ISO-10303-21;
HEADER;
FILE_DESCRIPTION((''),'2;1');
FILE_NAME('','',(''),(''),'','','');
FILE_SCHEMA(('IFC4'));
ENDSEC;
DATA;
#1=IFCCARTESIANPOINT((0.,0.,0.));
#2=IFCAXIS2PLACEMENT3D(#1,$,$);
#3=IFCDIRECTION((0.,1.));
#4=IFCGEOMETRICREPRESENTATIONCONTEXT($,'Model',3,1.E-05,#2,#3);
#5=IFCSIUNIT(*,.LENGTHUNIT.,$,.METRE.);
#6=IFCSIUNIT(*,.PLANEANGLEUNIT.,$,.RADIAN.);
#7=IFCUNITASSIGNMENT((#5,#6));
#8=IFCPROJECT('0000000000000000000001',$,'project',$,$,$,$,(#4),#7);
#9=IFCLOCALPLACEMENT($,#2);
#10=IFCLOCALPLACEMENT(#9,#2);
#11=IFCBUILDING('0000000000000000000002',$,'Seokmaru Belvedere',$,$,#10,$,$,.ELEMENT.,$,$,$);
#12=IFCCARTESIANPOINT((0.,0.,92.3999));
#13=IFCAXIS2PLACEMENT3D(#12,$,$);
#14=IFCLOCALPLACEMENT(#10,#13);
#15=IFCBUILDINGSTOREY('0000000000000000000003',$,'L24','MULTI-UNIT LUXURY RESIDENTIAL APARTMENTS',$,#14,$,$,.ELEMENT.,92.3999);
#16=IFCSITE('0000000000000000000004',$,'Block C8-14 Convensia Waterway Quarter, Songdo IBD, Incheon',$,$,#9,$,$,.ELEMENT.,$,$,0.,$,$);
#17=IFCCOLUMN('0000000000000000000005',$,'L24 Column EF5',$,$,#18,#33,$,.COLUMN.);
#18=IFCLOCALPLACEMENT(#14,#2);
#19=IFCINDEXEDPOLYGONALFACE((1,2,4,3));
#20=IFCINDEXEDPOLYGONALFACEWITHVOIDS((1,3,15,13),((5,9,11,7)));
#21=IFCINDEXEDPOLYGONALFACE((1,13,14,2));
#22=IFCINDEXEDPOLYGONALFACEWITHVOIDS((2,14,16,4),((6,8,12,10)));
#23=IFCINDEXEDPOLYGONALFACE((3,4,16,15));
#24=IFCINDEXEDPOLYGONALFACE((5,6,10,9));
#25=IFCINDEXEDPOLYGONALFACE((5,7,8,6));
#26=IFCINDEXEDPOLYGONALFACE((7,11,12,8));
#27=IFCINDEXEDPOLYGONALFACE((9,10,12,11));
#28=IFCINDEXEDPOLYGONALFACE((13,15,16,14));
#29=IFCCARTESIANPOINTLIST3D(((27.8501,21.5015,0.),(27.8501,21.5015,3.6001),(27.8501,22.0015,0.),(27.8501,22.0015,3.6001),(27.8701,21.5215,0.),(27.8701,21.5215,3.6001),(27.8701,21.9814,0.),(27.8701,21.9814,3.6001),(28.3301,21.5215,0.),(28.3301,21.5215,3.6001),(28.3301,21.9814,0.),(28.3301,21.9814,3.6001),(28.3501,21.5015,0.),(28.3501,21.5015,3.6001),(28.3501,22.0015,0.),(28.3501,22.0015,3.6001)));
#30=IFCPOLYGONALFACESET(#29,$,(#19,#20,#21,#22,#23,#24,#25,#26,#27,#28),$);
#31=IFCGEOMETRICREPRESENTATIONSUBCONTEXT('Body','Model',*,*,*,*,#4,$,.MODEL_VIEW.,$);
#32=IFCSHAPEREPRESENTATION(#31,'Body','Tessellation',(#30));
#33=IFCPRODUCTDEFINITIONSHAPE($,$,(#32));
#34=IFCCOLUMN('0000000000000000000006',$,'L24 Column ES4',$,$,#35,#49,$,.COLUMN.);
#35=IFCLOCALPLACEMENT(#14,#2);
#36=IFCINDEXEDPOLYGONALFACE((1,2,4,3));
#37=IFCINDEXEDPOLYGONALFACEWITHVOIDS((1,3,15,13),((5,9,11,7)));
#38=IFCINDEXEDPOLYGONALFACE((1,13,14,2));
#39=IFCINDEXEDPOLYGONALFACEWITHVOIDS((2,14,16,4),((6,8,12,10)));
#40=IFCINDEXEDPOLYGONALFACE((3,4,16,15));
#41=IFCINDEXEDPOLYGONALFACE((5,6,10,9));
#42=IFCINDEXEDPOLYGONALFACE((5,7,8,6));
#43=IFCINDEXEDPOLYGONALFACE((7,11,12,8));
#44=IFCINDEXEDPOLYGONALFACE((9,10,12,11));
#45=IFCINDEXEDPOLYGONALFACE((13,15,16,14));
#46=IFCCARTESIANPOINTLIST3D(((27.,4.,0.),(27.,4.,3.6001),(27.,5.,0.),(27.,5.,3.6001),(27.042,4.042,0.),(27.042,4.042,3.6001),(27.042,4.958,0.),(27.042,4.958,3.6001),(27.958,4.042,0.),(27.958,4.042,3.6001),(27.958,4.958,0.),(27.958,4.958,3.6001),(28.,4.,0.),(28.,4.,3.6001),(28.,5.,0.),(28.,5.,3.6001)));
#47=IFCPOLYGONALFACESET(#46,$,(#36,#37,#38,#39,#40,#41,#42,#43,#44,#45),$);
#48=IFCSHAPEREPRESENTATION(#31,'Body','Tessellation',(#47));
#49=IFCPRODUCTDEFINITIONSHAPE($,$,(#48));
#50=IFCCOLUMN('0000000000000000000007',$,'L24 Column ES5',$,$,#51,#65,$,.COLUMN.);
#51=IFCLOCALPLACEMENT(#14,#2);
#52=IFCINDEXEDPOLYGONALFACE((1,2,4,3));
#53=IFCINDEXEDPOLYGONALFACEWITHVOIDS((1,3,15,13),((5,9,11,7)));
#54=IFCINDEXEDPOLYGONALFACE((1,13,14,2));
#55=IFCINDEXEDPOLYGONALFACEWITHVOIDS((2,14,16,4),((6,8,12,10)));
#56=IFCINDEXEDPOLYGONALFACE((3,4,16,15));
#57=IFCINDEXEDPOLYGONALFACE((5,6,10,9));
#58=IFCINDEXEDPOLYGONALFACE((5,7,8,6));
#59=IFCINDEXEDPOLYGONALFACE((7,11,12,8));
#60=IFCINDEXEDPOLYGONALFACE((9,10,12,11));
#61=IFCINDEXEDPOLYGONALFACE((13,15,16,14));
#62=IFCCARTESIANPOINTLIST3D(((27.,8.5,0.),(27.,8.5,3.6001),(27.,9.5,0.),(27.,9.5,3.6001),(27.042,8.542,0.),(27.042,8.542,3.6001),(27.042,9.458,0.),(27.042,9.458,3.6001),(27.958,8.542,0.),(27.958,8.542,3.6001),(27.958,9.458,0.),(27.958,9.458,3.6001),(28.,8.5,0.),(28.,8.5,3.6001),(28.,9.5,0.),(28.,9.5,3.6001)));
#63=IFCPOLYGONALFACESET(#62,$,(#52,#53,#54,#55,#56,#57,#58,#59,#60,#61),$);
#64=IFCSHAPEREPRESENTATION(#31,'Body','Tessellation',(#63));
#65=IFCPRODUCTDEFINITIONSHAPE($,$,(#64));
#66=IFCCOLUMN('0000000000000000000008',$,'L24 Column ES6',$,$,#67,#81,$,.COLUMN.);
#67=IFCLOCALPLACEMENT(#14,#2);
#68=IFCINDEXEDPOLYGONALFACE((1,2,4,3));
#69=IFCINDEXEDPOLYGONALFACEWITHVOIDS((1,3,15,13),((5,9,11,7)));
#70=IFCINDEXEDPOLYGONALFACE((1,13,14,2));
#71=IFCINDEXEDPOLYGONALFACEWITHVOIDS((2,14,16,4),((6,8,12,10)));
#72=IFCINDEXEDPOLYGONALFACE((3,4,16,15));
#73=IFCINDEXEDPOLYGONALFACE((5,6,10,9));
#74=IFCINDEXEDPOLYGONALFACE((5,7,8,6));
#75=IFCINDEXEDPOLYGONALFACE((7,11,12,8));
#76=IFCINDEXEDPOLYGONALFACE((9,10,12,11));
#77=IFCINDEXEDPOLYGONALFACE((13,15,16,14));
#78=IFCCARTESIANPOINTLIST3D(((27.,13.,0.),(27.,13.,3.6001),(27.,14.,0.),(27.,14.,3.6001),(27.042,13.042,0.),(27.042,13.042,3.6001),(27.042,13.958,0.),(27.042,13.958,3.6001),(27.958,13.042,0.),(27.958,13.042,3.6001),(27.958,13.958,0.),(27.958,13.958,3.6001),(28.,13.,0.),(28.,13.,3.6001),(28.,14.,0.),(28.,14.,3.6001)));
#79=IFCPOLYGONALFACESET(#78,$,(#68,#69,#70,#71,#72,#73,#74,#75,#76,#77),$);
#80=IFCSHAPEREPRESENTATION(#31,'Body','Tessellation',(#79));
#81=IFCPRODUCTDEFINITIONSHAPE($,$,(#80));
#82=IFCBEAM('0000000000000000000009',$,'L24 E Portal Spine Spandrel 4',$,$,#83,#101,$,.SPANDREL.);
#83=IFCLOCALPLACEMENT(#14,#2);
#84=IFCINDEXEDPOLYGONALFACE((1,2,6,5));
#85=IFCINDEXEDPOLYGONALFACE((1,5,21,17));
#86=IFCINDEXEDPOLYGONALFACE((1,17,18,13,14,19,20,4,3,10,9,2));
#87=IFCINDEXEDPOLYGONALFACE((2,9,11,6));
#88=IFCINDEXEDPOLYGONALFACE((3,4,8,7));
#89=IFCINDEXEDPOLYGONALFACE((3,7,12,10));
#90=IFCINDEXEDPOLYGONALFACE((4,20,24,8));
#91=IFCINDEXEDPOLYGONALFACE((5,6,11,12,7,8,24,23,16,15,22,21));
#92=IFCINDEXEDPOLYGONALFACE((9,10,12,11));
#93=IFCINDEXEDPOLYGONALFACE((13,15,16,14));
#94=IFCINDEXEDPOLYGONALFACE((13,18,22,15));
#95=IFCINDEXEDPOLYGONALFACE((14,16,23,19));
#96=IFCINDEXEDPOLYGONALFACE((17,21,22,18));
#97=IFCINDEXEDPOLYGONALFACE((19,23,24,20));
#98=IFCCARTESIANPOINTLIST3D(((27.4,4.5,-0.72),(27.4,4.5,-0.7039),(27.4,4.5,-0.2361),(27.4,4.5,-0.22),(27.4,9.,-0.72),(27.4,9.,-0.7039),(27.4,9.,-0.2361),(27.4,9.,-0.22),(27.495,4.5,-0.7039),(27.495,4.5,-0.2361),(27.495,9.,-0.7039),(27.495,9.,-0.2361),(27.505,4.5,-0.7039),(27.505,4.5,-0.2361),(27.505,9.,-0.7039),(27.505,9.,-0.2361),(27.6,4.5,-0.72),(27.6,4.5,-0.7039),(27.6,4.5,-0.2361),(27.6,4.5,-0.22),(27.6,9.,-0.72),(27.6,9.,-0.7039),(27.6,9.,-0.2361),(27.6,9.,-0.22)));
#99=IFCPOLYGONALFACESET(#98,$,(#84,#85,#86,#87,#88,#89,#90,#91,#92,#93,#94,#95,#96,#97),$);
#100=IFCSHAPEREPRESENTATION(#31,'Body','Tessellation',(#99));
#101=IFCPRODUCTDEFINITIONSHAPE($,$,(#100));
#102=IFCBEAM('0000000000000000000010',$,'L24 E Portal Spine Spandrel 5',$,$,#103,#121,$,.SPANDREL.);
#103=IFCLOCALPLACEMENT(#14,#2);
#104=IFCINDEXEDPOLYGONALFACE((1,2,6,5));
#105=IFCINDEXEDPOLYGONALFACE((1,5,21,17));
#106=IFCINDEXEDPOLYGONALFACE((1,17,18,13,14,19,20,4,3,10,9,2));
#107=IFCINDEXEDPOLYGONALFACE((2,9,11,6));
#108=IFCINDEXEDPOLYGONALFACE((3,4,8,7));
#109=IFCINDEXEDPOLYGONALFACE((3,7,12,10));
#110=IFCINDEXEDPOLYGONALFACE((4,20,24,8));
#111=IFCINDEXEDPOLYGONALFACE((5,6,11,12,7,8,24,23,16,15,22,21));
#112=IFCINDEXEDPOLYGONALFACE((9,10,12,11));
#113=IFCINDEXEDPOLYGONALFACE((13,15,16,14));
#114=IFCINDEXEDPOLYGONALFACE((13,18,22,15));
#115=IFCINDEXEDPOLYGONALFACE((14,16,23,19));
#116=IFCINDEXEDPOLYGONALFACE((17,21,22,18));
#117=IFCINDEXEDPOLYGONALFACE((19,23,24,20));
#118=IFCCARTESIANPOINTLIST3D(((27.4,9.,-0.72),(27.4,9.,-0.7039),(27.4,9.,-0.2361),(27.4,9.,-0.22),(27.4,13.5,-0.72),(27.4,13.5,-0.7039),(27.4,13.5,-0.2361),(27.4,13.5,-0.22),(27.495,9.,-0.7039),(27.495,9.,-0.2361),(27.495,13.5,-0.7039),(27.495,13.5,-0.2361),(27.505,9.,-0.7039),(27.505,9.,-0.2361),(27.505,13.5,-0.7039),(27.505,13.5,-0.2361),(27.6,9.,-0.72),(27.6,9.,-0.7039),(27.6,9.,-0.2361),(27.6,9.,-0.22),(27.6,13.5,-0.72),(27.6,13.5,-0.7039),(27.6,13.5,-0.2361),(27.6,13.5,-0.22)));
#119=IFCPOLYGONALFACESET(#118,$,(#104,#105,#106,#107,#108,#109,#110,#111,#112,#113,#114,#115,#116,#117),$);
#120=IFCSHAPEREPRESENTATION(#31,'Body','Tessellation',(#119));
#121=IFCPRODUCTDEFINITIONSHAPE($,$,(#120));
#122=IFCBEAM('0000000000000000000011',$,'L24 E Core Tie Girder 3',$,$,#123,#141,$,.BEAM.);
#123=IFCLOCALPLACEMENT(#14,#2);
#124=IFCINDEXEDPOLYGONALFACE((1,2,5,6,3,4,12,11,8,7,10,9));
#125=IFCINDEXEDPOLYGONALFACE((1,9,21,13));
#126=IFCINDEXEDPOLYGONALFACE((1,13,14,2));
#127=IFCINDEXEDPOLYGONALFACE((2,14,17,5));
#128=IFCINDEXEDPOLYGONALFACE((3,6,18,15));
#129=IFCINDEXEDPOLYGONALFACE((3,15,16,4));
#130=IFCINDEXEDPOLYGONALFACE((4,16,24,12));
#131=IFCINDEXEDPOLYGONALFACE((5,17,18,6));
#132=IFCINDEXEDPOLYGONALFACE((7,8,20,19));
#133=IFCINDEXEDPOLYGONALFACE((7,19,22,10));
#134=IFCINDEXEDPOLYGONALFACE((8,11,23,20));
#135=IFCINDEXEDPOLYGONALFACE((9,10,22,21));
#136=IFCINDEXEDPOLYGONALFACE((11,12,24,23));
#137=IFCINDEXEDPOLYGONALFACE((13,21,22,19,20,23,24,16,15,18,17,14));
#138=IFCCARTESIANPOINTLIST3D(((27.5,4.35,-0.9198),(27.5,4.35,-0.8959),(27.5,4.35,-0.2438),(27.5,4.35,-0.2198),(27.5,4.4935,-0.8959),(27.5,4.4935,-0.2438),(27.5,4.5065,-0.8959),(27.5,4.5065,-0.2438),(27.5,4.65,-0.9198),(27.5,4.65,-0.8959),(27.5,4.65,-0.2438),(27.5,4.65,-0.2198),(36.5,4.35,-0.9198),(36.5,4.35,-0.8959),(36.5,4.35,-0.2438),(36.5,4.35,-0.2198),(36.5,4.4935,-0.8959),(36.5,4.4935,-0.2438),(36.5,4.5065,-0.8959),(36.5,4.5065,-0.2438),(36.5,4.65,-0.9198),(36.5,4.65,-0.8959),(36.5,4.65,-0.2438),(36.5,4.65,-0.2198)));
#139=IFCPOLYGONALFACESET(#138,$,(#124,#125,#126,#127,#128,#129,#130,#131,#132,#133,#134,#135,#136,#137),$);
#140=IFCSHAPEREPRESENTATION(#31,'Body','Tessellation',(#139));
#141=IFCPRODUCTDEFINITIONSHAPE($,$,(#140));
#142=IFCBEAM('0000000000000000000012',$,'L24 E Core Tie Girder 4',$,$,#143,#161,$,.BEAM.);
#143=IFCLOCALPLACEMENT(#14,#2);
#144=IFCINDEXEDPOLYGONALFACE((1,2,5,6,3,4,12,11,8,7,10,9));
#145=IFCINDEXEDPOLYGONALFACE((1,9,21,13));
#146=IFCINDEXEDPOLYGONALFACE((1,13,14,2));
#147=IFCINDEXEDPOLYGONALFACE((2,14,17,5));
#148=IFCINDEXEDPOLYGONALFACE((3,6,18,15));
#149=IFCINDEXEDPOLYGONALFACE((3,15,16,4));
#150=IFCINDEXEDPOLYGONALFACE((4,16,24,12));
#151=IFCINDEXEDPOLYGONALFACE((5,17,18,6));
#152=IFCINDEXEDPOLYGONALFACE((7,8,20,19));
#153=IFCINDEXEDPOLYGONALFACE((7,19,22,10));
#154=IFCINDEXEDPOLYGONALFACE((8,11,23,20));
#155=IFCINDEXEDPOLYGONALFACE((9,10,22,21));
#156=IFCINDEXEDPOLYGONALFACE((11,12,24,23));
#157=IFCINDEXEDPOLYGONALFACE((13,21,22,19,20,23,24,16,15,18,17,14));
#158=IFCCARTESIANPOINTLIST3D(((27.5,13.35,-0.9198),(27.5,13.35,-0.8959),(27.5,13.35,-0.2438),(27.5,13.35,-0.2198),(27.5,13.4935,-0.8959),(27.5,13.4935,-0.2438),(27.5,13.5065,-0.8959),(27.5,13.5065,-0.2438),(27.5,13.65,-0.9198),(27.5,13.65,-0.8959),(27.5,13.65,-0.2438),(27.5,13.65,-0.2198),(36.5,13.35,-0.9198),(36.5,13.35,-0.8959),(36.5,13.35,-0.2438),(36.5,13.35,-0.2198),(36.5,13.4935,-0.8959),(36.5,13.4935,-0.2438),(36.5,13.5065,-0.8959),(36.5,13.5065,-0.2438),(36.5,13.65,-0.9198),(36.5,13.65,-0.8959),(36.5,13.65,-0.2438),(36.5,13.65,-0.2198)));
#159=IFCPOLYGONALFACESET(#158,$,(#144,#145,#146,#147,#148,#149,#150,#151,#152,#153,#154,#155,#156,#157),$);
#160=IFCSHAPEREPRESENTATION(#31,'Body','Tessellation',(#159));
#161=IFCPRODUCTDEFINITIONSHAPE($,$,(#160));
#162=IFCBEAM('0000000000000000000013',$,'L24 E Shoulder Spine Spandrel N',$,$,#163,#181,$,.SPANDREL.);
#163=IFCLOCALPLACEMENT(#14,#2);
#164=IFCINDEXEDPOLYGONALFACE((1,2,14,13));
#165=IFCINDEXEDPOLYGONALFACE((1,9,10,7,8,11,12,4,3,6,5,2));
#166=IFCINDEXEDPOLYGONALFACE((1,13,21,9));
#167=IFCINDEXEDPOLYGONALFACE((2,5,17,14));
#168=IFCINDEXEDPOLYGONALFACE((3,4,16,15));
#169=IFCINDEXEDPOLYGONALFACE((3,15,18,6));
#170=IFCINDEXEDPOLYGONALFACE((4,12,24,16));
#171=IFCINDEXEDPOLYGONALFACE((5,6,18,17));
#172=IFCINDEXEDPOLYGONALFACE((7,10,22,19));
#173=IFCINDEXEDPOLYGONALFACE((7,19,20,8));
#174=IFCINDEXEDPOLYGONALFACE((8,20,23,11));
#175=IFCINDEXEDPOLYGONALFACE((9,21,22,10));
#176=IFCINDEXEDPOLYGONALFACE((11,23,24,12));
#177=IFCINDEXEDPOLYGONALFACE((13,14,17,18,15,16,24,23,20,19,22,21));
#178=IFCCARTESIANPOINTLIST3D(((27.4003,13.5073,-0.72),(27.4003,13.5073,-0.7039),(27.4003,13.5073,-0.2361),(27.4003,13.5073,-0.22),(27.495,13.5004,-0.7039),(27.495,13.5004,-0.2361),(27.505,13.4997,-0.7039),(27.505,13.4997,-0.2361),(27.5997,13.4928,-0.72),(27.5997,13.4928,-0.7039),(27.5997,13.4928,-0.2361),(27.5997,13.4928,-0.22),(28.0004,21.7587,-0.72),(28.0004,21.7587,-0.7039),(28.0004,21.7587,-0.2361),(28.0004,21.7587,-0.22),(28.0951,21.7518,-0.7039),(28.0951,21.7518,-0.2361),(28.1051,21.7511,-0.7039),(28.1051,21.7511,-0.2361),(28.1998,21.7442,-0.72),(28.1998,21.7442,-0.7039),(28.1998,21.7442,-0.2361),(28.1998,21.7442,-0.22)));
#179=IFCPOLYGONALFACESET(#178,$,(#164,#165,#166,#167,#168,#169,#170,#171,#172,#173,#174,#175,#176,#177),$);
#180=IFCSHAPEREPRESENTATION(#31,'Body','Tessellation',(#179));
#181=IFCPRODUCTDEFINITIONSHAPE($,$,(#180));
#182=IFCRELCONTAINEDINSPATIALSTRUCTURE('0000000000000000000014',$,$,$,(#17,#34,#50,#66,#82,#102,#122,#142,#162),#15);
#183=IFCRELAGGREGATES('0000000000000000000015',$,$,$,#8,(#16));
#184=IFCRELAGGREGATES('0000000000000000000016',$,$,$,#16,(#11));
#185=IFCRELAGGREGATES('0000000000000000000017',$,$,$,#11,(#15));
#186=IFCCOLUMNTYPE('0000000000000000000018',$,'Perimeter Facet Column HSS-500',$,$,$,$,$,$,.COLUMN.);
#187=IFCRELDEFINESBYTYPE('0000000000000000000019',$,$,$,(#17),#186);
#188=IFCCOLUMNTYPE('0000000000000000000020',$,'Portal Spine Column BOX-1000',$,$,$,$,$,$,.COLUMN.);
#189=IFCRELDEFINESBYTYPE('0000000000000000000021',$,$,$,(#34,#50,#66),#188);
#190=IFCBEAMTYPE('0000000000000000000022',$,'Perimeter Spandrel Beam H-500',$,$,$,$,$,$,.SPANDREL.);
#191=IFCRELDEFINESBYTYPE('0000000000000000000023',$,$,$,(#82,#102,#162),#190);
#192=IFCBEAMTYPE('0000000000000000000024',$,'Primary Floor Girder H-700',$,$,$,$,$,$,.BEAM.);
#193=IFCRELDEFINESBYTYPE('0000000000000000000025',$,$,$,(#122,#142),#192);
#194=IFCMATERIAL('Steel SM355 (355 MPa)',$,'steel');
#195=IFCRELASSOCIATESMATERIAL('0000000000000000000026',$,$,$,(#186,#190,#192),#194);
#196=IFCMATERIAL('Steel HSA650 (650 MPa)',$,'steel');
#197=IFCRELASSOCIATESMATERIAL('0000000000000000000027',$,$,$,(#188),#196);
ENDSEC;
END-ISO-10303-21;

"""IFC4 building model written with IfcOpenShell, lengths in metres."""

from ifc_helpers import new_model, si_unit, direction, frame, origin, origin_2d, place, context, subcontext, project, spatial, hollow_rectangle, i_section, extrude, source, transform, mapped, material, material_profile, profile_set, type_object, type_shapes, element, save


model = new_model("IFC4")

# Units and contexts
model_context = context("Model", 3, precision=1e-05, world=origin(), true_north=direction((0.0, 1.0)))
body_context = subcontext(model_context, "Body", "Model", "MODEL_VIEW")
ifc_project = project(units=[si_unit("LENGTHUNIT", "METRE"), si_unit("PLANEANGLEUNIT", "RADIAN")], contexts=[model_context])

# Site, building, storey
site_placement = place(None, origin())
site = spatial("IfcSite", under=ifc_project, at=site_placement, Name="Block C8-14 Convensia Waterway Quarter, Songdo IBD, Incheon", CompositionType="ELEMENT", RefElevation=0.0)
building_placement = place(site_placement, origin())
building = spatial("IfcBuilding", under=site, at=building_placement, Name="Seokmaru Belvedere", CompositionType="ELEMENT")
storey_placement = place(building_placement, frame((0.0, 0.0, 92.3999)))
storey = spatial("IfcBuildingStorey", under=building, at=storey_placement, Name="L24", Description="MULTI-UNIT LUXURY RESIDENTIAL APARTMENTS", CompositionType="ELEMENT", Elevation=92.3999)

# Columns
ifc_material_1 = material(Name="Steel SM355 (355 MPa)", Category="steel")
ifc_material_profile_1 = material_profile(ifc_material_1, hollow_rectangle(XDim=0.5, YDim=0.5, WallThickness=0.02, at=origin_2d()), Name="HSS-500x500x20")
ifc_profile_set_1 = profile_set([ifc_material_profile_1], Name="Steel SM355 (355 MPa)")
column_type_1 = type_object("IfcColumnType", Name="Perimeter Facet Column HSS-500", PredefinedType="COLUMN", material=ifc_profile_set_1)
shared_shape_1 = source(origin(), body_context, "Body", "SweptSolid", [
    extrude(hollow_rectangle(XDim=0.5, YDim=0.5, WallThickness=0.02, at=origin_2d()), origin(), (0.0, 0.0, 1.0), 3.6001),
])
type_shapes(column_type_1, [shared_shape_1])
column_placement = place(storey_placement, frame((28.1001, 21.7515, 0.0), z_axis=(0.0, 0.0, 1.0), x_axis=(1.0, 0.0, 0.0)))
element("IfcColumn", 1, at=column_placement, inside=storey, type_object=column_type_1, Name="L24 Column EF5", PredefinedType="COLUMN", context=body_context, shape_type="MappedRepresentation", body=[
    mapped(shared_shape_1, transform((0.0, 0.0, 0.0), scale=1.0)),
])
ifc_material_2 = material(Name="Steel HSA650 (650 MPa)", Category="steel")
ifc_material_profile_2 = material_profile(ifc_material_2, hollow_rectangle(XDim=1.0, YDim=1.0, WallThickness=0.042, at=origin_2d()), Name="BOX-1000x1000x42")
ifc_profile_set_2 = profile_set([ifc_material_profile_2], Name="Steel HSA650 (650 MPa)")
column_type_2 = type_object("IfcColumnType", Name="Portal Spine Column BOX-1000", PredefinedType="COLUMN", material=ifc_profile_set_2)
shared_shape_2 = source(origin(), body_context, "Body", "SweptSolid", [
    extrude(hollow_rectangle(XDim=1.0, YDim=1.0, WallThickness=0.042, at=origin_2d()), origin(), (0.0, 0.0, 1.0), 3.6001),
])
type_shapes(column_type_2, [shared_shape_2])
for number, where, z_axis, x_axis, name in (
    (2, (27.5, 4.5, 0.0), (0.0, 0.0, 1.0), (1.0, 0.0, 0.0), "L24 Column ES4"),
    (3, (27.5, 9.0, 0.0), (0.0, 0.0, 1.0), (1.0, 0.0, 0.0), "L24 Column ES5"),
    (4, (27.5, 13.5, 0.0), (0.0, 0.0, 1.0), (1.0, 0.0, 0.0), "L24 Column ES6"),
):
    element("IfcColumn", number, at=place(storey_placement, frame(where, z_axis=z_axis, x_axis=x_axis)), inside=storey, type_object=column_type_2, Name=name, PredefinedType="COLUMN", context=body_context, shape_type="MappedRepresentation", body=[
        mapped(shared_shape_2, transform((0.0, 0.0, 0.0), scale=1.0)),
    ])

# Beams
ifc_material_profile_3 = material_profile(ifc_material_1, i_section(OverallWidth=0.2, OverallDepth=0.5, WebThickness=0.01, FlangeThickness=0.0161, at=origin_2d()), Name="H-500x200x10x16")
ifc_profile_set_3 = profile_set([ifc_material_profile_3], Name="Steel SM355 (355 MPa)")
beam_type_1 = type_object("IfcBeamType", Name="Perimeter Spandrel Beam H-500", PredefinedType="SPANDREL", material=ifc_profile_set_3)
shared_shape_3 = source(origin(), body_context, "Body", "SweptSolid", [
    extrude(i_section(OverallWidth=0.2, OverallDepth=0.5, WebThickness=0.01, FlangeThickness=0.0161, at=origin_2d()), origin(), (0.0, 0.0, 1.0), 4.5),
])
for number, where, z_axis, x_axis, name in (
    (5, (27.5, 4.5, -0.47), (0.0, 1.0, 0.0), (-1.0, 0.0, 0.0), "L24 E Portal Spine Spandrel 4"),
    (6, (27.5, 9.0, -0.47), (0.0, 1.0, 0.0), (-1.0, 0.0, 0.0), "L24 E Portal Spine Spandrel 5"),
):
    element("IfcBeam", number, at=place(storey_placement, frame(where, z_axis=z_axis, x_axis=x_axis)), inside=storey, type_object=beam_type_1, Name=name, PredefinedType="SPANDREL", context=body_context, shape_type="MappedRepresentation", body=[
        mapped(shared_shape_3, transform((0.0, 0.0, 0.0), scale=1.0)),
    ])
ifc_material_profile_4 = material_profile(ifc_material_1, i_section(OverallWidth=0.3, OverallDepth=0.7, WebThickness=0.0129, FlangeThickness=0.0239, at=origin_2d()), Name="H-700x300x13x24")
ifc_profile_set_4 = profile_set([ifc_material_profile_4], Name="Steel SM355 (355 MPa)")
beam_type_2 = type_object("IfcBeamType", Name="Primary Floor Girder H-700", PredefinedType="BEAM", material=ifc_profile_set_4)
shared_shape_4 = source(origin(), body_context, "Body", "SweptSolid", [
    extrude(i_section(OverallWidth=0.3, OverallDepth=0.7, WebThickness=0.0129, FlangeThickness=0.0239, at=origin_2d()), origin(), (0.0, 0.0, 1.0), 9.0),
])
type_shapes(beam_type_2, [shared_shape_4])
for number, where, z_axis, x_axis, name in (
    (7, (27.5, 4.5, -0.5698), (1.0, 0.0, 0.0), (0.0, 1.0, 0.0), "L24 E Core Tie Girder 3"),
    (8, (27.5, 13.5, -0.5698), (1.0, 0.0, 0.0), (0.0, 1.0, 0.0), "L24 E Core Tie Girder 4"),
):
    element("IfcBeam", number, at=place(storey_placement, frame(where, z_axis=z_axis, x_axis=x_axis)), inside=storey, type_object=beam_type_2, Name=name, PredefinedType="BEAM", context=body_context, shape_type="MappedRepresentation", body=[
        mapped(shared_shape_4, transform((0.0, 0.0, 0.0), scale=1.0)),
    ])
shared_shape_5 = source(origin(), body_context, "Body", "SweptSolid", [
    extrude(i_section(OverallWidth=0.2, OverallDepth=0.5, WebThickness=0.01, FlangeThickness=0.0161, at=origin_2d()), origin(), (0.0, 0.0, 1.0), 8.2732),
])
type_shapes(beam_type_1, [shared_shape_3, shared_shape_5])
beam_placement = place(storey_placement, frame((28.1001, 21.7515, -0.47), z_axis=(-0.072535, -0.997366, 0.0), x_axis=(0.997366, -0.072535, 0.0)))
element("IfcBeam", 9, at=beam_placement, inside=storey, type_object=beam_type_1, Name="L24 E Shoulder Spine Spandrel N", PredefinedType="SPANDREL", context=body_context, shape_type="MappedRepresentation", body=[
    mapped(shared_shape_5, transform((0.0, 0.0, 0.0), scale=1.0)),
])

save(model, "model.ifc")
